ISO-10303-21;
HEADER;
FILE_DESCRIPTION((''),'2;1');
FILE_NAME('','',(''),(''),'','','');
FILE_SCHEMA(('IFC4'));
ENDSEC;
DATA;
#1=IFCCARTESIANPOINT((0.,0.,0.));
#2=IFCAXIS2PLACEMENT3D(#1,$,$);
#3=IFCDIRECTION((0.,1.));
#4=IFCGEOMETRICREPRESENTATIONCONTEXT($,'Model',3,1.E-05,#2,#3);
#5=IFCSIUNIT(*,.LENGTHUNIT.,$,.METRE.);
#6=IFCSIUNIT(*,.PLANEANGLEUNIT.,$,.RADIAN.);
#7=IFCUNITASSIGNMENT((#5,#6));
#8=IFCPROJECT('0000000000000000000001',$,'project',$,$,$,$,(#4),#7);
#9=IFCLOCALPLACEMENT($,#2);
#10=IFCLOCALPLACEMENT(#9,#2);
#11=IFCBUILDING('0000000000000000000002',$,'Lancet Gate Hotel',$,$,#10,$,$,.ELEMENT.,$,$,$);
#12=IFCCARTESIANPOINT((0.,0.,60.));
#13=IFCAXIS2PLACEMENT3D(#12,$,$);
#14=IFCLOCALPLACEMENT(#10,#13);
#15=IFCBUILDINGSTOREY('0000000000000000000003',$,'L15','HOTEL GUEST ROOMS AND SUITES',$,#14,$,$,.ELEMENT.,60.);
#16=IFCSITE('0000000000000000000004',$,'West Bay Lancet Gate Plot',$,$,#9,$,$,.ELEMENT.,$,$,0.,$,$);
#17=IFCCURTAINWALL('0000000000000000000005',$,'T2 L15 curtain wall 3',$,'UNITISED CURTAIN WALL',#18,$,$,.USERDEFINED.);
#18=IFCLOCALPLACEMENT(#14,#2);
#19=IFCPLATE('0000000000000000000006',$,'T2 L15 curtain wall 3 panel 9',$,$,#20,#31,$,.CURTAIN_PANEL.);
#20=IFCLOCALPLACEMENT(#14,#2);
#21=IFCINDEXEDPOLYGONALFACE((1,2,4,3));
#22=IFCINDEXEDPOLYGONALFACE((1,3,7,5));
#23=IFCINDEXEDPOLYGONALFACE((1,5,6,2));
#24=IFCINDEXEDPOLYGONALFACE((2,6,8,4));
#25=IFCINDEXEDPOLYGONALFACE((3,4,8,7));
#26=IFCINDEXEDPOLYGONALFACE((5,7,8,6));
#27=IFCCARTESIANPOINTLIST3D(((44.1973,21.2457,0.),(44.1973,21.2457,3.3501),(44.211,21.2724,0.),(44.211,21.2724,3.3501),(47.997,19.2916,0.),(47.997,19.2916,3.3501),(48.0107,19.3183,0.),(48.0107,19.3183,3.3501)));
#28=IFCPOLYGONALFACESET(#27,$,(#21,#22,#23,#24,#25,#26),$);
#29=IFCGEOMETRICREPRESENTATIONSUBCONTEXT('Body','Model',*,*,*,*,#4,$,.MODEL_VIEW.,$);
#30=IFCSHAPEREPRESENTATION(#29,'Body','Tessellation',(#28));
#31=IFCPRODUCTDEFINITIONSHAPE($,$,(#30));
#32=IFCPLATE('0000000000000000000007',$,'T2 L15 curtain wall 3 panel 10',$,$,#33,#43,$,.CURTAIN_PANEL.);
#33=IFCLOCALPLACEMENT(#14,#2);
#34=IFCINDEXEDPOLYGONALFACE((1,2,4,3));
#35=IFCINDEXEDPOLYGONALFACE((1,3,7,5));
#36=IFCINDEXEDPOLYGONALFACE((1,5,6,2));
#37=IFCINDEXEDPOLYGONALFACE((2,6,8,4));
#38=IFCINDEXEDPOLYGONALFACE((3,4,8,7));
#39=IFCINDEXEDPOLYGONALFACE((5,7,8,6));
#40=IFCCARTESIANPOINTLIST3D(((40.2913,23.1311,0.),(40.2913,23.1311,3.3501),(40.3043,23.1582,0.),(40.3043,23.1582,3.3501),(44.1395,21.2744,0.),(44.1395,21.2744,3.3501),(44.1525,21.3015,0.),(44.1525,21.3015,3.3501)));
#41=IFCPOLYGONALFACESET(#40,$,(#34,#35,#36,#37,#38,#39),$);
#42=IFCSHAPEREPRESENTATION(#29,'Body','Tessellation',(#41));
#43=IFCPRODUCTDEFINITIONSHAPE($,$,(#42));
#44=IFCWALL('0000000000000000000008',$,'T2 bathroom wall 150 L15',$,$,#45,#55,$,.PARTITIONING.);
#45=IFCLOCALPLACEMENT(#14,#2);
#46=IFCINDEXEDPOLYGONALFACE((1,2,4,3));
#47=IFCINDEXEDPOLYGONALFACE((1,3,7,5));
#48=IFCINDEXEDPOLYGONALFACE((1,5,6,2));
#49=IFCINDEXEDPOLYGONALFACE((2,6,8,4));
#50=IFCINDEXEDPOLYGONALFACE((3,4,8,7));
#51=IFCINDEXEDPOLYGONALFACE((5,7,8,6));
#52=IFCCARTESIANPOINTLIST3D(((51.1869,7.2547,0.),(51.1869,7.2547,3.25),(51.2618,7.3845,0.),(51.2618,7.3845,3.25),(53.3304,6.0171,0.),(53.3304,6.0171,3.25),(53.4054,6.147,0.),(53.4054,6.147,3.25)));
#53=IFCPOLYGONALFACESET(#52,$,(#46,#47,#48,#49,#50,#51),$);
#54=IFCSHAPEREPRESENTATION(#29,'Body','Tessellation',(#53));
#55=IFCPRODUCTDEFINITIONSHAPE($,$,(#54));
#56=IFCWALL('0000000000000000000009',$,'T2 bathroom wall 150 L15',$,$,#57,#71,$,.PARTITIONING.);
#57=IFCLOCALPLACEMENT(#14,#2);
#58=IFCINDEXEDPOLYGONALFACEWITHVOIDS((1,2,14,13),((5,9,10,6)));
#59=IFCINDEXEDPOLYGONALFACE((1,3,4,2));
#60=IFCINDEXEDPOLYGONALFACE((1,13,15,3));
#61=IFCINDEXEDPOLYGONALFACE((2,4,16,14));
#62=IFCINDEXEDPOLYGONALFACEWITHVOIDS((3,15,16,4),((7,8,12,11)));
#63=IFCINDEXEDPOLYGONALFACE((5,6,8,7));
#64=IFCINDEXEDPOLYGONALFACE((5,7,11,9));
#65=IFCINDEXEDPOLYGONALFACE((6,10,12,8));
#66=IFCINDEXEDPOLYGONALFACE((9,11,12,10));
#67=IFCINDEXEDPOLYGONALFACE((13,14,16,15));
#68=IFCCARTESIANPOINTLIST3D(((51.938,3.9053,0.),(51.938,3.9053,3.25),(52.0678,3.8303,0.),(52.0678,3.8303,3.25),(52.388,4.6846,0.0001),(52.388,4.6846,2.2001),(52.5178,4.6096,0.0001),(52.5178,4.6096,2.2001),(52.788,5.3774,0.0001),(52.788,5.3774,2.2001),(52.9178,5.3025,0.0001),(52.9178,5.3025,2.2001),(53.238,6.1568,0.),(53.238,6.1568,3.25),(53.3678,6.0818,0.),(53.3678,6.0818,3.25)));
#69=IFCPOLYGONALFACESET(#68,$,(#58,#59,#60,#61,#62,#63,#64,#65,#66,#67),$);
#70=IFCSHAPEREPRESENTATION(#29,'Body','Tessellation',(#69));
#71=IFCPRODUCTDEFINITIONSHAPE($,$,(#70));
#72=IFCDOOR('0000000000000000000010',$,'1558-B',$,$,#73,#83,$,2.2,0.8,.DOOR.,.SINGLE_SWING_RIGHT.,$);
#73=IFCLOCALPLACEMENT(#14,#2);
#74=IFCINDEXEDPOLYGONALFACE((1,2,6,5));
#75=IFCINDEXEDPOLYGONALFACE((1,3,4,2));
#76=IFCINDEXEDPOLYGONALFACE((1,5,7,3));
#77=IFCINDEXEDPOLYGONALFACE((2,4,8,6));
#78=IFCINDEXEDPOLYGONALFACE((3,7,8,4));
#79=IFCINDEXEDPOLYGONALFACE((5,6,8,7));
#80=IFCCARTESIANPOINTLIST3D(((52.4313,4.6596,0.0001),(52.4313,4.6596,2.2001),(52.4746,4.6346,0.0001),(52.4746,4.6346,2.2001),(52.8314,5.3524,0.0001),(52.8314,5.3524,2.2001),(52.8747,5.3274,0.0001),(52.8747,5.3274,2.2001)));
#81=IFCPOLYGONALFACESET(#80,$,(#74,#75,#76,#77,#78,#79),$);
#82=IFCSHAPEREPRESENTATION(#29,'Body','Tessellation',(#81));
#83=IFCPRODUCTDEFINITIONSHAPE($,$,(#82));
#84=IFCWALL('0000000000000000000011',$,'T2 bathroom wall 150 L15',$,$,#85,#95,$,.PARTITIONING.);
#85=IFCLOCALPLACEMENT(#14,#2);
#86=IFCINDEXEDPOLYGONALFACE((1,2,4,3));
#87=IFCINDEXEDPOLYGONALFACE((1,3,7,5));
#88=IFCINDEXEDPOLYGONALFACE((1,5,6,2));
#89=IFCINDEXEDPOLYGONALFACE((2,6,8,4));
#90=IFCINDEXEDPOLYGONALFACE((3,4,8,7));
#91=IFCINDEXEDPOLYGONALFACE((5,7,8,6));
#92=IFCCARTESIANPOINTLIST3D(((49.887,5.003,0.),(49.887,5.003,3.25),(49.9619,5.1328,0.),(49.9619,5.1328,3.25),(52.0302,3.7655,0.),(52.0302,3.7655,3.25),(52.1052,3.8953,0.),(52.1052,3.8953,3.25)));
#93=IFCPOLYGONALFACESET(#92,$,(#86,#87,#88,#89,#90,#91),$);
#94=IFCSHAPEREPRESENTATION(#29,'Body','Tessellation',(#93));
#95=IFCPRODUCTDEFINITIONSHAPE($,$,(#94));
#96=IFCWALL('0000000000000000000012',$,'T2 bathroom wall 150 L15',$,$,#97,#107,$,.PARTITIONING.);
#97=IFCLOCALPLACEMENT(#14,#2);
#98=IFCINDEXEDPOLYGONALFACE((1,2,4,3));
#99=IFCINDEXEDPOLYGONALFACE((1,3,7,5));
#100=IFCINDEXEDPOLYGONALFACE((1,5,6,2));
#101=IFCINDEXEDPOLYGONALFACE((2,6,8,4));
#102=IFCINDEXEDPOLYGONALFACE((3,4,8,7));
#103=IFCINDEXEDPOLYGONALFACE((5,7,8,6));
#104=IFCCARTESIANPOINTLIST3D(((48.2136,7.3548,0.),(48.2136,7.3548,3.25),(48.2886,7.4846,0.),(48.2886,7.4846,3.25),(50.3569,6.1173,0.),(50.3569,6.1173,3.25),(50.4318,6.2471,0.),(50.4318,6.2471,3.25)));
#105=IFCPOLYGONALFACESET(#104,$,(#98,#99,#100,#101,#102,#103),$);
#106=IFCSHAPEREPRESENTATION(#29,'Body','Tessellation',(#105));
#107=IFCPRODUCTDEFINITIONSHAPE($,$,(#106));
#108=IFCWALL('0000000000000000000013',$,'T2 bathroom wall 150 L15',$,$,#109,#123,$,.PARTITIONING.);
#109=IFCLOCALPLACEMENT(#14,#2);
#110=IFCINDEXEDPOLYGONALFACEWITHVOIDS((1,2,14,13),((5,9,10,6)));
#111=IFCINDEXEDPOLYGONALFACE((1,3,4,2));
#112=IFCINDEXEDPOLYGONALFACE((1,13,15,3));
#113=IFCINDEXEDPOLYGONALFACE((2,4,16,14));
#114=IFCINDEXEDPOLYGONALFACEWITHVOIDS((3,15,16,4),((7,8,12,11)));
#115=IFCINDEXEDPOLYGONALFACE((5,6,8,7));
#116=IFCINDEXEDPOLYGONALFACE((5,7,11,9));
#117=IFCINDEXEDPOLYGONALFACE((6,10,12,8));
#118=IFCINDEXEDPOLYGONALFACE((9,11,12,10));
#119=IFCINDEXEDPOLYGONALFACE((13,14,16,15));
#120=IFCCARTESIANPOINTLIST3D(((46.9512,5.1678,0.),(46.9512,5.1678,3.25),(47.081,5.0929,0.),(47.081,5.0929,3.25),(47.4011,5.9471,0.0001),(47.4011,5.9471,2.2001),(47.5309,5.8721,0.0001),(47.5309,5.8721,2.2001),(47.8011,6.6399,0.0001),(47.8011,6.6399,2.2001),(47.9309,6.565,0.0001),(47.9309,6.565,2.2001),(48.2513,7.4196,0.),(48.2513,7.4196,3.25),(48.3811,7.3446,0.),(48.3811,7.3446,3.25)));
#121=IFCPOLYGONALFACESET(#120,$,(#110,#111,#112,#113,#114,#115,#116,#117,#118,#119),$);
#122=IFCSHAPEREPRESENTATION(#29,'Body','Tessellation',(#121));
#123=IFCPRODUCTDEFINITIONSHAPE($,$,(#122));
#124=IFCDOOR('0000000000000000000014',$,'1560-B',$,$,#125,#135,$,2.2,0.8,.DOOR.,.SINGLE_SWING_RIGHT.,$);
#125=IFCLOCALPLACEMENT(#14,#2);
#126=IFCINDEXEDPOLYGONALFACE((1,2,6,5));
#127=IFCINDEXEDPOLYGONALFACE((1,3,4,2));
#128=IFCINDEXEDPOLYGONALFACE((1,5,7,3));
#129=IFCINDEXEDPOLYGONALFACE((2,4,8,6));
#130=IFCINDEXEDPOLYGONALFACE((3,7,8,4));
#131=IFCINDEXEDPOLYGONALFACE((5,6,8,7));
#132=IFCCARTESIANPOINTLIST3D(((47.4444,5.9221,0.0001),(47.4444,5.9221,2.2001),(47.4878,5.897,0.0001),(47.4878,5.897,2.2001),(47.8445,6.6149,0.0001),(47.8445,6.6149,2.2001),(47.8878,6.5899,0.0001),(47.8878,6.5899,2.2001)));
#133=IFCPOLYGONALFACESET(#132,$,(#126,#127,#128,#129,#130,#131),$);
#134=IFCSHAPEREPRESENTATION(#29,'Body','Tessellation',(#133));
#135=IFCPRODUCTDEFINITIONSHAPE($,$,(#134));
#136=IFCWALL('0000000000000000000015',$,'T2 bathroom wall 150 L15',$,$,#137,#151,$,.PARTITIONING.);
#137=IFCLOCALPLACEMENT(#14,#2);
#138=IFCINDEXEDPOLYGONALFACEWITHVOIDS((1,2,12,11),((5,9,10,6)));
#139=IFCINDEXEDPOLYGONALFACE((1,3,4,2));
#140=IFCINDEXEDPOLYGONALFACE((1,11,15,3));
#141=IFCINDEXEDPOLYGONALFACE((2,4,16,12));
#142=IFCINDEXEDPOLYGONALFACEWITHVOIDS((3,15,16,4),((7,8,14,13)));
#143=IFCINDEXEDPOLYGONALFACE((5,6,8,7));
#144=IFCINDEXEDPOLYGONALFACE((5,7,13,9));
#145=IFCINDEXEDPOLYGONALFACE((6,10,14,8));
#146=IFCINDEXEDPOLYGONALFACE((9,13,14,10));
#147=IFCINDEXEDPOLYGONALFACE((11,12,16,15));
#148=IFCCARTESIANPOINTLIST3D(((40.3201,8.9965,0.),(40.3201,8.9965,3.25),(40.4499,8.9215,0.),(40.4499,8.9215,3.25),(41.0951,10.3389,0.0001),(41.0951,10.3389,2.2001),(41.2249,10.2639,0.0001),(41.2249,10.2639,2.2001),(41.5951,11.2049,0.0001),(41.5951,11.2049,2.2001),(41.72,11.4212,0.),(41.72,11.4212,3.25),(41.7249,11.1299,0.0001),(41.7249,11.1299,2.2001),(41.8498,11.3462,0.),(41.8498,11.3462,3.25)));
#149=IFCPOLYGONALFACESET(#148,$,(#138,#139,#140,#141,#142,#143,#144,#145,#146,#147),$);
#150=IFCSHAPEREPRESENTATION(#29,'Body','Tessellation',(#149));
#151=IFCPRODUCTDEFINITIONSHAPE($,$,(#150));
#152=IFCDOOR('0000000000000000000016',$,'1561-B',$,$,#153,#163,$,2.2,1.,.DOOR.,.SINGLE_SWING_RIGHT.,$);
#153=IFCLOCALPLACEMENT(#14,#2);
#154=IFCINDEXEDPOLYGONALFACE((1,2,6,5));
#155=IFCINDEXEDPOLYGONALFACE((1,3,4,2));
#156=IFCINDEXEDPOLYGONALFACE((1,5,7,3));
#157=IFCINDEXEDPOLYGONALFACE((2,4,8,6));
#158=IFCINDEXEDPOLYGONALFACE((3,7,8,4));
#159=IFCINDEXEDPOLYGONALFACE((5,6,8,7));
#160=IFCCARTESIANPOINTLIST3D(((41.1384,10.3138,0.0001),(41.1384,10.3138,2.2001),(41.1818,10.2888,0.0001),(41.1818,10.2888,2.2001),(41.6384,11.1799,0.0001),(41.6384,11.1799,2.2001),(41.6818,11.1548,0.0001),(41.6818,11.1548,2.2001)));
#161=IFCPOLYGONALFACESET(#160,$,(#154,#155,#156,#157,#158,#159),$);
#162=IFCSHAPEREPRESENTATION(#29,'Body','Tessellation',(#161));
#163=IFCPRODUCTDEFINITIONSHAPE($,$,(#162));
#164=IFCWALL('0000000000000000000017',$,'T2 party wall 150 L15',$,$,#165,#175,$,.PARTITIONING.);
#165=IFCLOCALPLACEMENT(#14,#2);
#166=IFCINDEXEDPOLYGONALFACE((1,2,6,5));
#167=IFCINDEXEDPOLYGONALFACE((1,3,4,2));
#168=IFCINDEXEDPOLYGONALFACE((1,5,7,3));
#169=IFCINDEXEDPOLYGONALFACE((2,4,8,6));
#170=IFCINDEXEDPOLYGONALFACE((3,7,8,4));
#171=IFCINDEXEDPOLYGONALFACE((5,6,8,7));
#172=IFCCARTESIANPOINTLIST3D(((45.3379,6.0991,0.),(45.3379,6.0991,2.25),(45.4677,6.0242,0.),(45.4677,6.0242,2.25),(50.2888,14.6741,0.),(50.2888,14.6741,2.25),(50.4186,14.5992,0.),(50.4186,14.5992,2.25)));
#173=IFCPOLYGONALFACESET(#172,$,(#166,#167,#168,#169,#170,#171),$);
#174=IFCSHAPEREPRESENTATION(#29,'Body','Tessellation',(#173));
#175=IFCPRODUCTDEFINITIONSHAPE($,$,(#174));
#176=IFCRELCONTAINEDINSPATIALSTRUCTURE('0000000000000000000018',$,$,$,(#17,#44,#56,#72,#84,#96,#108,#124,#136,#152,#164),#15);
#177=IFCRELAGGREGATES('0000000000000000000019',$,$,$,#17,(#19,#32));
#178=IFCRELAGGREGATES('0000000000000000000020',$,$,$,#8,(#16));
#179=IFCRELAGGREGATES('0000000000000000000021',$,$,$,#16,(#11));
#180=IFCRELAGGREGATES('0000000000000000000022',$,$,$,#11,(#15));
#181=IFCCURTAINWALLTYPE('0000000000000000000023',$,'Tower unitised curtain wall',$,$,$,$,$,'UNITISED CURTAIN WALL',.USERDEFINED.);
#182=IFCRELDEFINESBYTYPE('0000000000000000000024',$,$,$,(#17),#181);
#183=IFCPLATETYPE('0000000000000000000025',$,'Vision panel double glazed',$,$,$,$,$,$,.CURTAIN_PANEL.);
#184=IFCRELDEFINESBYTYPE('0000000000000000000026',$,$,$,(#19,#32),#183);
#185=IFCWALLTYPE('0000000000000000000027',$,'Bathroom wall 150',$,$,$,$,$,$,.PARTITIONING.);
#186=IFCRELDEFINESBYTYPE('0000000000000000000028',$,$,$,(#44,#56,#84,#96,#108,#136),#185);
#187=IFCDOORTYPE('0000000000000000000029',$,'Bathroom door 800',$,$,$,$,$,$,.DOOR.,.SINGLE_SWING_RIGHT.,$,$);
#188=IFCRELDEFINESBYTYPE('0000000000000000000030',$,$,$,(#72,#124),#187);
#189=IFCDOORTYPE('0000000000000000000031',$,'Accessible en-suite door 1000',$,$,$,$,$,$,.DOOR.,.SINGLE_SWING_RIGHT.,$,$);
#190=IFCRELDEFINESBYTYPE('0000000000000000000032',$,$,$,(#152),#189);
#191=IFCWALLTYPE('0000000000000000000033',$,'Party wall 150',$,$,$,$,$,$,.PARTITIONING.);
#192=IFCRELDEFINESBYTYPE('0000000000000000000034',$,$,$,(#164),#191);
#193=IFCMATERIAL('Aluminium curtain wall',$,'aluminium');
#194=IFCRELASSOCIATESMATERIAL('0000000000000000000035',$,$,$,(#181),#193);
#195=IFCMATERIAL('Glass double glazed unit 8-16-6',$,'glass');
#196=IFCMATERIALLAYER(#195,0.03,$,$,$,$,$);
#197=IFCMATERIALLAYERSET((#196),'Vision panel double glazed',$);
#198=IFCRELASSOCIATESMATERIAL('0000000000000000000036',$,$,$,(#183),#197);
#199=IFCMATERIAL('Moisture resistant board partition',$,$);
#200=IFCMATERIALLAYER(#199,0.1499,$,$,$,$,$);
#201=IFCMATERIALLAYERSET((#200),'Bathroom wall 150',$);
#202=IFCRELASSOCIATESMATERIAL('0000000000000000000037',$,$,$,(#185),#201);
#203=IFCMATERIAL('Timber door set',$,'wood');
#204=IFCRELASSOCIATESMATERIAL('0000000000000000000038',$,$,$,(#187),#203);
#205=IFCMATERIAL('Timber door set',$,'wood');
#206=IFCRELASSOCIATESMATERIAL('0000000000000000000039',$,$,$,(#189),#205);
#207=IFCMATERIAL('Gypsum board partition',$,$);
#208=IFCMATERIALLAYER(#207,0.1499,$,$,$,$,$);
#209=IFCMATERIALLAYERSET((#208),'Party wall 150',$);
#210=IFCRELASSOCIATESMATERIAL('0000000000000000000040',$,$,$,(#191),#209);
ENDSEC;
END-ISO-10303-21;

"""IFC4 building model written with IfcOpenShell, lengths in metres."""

from ifc_helpers import new_model, si_unit, direction, frame, frame_2d, origin, origin_2d, place, context, subcontext, project, spatial, rectangle, extrude, material, layer, layer_set, type_object, element, fill, aggregate, save


model = new_model("IFC4")

# Units and contexts
model_context = context("Model", 3, precision=1e-05, world=origin(), true_north=direction((0.0, 1.0)))
body_context = subcontext(model_context, "Body", "Model", "MODEL_VIEW")
ifc_project = project(units=[si_unit("LENGTHUNIT", "METRE"), si_unit("PLANEANGLEUNIT", "RADIAN")], contexts=[model_context])

# Site, building, storey
site_placement = place(None, origin())
site = spatial("IfcSite", under=ifc_project, at=site_placement, Name="West Bay Lancet Gate Plot", CompositionType="ELEMENT", RefElevation=0.0)
building_placement = place(site_placement, origin())
building = spatial("IfcBuilding", under=site, at=building_placement, Name="Lancet Gate Hotel", CompositionType="ELEMENT")
storey_placement = place(building_placement, frame((0.0, 0.0, 60.0)))
storey = spatial("IfcBuildingStorey", under=building, at=storey_placement, Name="L15", Description="HOTEL GUEST ROOMS AND SUITES", CompositionType="ELEMENT", Elevation=60.0)

# Curtain wall
ifc_material_1 = material(Name="Aluminium curtain wall", Category="aluminium")
curtain_wall_type = type_object("IfcCurtainWallType", Name="Tower unitised curtain wall", ElementType="UNITISED CURTAIN WALL", PredefinedType="USERDEFINED", material=ifc_material_1)
curtain_wall_placement = place(storey_placement, origin())
curtain_wall = element("IfcCurtainWall", 1, at=curtain_wall_placement, inside=storey, type_object=curtain_wall_type, Name="T2 L15 curtain wall 3", ObjectType="UNITISED CURTAIN WALL", PredefinedType="USERDEFINED")

# Plates
ifc_material_2 = material(Name="Glass double glazed unit 8-16-6", Category="glass")
ifc_layer_1 = layer(ifc_material_2, 0.03)
ifc_layer_set_1 = layer_set([ifc_layer_1], Name="Vision panel double glazed")
plate_type = type_object("IfcPlateType", Name="Vision panel double glazed", PredefinedType="CURTAIN_PANEL", material=ifc_layer_set_1)
plate_1_placement = place(storey_placement, frame((46.104, 20.282, 0.0), z_axis=(0.0, 0.0, 1.0), x_axis=(-0.889296, 0.457332, 0.0)))
plate_1 = element("IfcPlate", 2, at=plate_1_placement, type_object=plate_type, Name="T2 L15 curtain wall 3 panel 9", PredefinedType="CURTAIN_PANEL", context=body_context, shape_type="SweptSolid", body=[
    extrude(rectangle(XDim=4.2727, YDim=0.03, at=origin_2d()), origin(), (0.0, 0.0, 1.0), 3.3501),
])
plate_2_placement = place(storey_placement, frame((42.2219, 22.2163, 0.0), z_axis=(0.0, 0.0, 1.0), x_axis=(-0.900647, 0.43455, 0.0)))
plate_2 = element("IfcPlate", 3, at=plate_2_placement, type_object=plate_type, Name="T2 L15 curtain wall 3 panel 10", PredefinedType="CURTAIN_PANEL", context=body_context, shape_type="SweptSolid", body=[
    extrude(rectangle(XDim=4.2727, YDim=0.03, at=origin_2d()), origin(), (0.0, 0.0, 1.0), 3.3501),
])
aggregate(curtain_wall, [plate_1, plate_2])

# Wall
ifc_material_3 = material(Name="Moisture resistant board partition")
ifc_layer_2 = layer(ifc_material_3, 0.1499)
ifc_layer_set_2 = layer_set([ifc_layer_2], Name="Bathroom wall 150")
wall_type_1 = type_object("IfcWallType", Name="Bathroom wall 150", PredefinedType="PARTITIONING", material=ifc_layer_set_2)
wall_1_placement = place(storey_placement, frame((51.2244, 7.3196, 0.0), z_axis=(0.0, 0.0, 1.0), x_axis=(0.866031, -0.49999, 0.0)))
element("IfcWall", 4, at=wall_1_placement, inside=storey, type_object=wall_type_1, Name="T2 bathroom wall 150 L15", PredefinedType="PARTITIONING", context=body_context, shape_type="SweptSolid", body=[
    extrude(rectangle(XDim=2.4751, YDim=0.1499, at=frame_2d((1.2375, 0.0))), origin(), (0.0, 0.0, 1.0), 3.25),
])

# Wall, opening, door
wall_2_placement = place(storey_placement, frame((52.0029, 3.8679, 0.0), z_axis=(0.0, 0.0, 1.0), x_axis=(0.500048, 0.865998, 0.0)))
wall_2 = element("IfcWall", 5, at=wall_2_placement, inside=storey, type_object=wall_type_1, Name="T2 bathroom wall 150 L15", PredefinedType="PARTITIONING", context=body_context, shape_type="SweptSolid", body=[
    extrude(rectangle(XDim=2.5999, YDim=0.1499, at=frame_2d((1.2998, 0.0))), origin(), (0.0, 0.0, 1.0), 3.25),
])
opening_1_placement = place(wall_2_placement, frame((0.8999, 0.0, 0.0)))
opening_1 = element("IfcOpeningElement", 6, at=opening_1_placement, cuts=wall_2, PredefinedType="OPENING", context=body_context, shape_type="SweptSolid", body=[
    extrude(rectangle(XDim=0.8, YDim=2.2, at=frame_2d((0.3999, 1.1001))), frame((0.0, 0.085, 0.0), z_axis=(0.0, -1.0, 0.0), x_axis=(1.0, 0.0, 0.0)), (0.0, 0.0, 1.0), 0.1699),
])
ifc_material_4 = material(Name="Timber door set", Category="wood")
door_type_1 = type_object("IfcDoorType", Name="Bathroom door 800", OperationType="SINGLE_SWING_RIGHT", PredefinedType="DOOR", material=ifc_material_4)
door_1_placement = place(opening_1_placement, origin())
door_1 = element("IfcDoor", 7, at=door_1_placement, inside=storey, type_object=door_type_1, Name="1558-B", OperationType="SINGLE_SWING_RIGHT", OverallHeight=2.2, OverallWidth=0.8, PredefinedType="DOOR", context=body_context, shape_type="SweptSolid", body=[
    extrude(rectangle(XDim=0.8, YDim=2.2, at=frame_2d((0.3999, 1.1001))), frame((0.0, 0.0249, 0.0), z_axis=(0.0, -1.0, 0.0), x_axis=(1.0, 0.0, 0.0)), (0.0, 0.0, 1.0), 0.05),
])
fill(opening_1, door_1)

# Walls
for number, where, z_axis, x_axis, name in (
    (8, (49.9246, 5.0679, 0.0), (0.0, 0.0, 1.0), (0.866007, -0.500033, 0.0), "T2 bathroom wall 150 L15"),
    (9, (48.2512, 7.4197, 0.0), (0.0, 0.0, 1.0), (0.866007, -0.500033, 0.0), "T2 bathroom wall 150 L15"),
):
    element("IfcWall", number, at=place(storey_placement, frame(where, z_axis=z_axis, x_axis=x_axis)), inside=storey, type_object=wall_type_1, Name=name, PredefinedType="PARTITIONING", context=body_context, shape_type="SweptSolid", body=[
        extrude(rectangle(XDim=2.4749, YDim=0.1499, at=frame_2d((1.2373, 0.0))), origin(), (0.0, 0.0, 1.0), 3.25),
    ])

# Walls, openings, doors
wall_3_placement = place(storey_placement, frame((47.0161, 5.1304, 0.0), z_axis=(0.0, 0.0, 1.0), x_axis=(0.500007, 0.866021, 0.0)))
wall_3 = element("IfcWall", 10, at=wall_3_placement, inside=storey, type_object=wall_type_1, Name="T2 bathroom wall 150 L15", PredefinedType="PARTITIONING", context=body_context, shape_type="SweptSolid", body=[
    extrude(rectangle(XDim=2.6001, YDim=0.1499, at=frame_2d((1.3, 0.0))), origin(), (0.0, 0.0, 1.0), 3.25),
])
opening_2_placement = place(wall_3_placement, frame((0.8999, 0.0, 0.0)))
opening_2 = element("IfcOpeningElement", 11, at=opening_2_placement, cuts=wall_3, PredefinedType="OPENING", context=body_context, shape_type="SweptSolid", body=[
    extrude(rectangle(XDim=0.8, YDim=2.2, at=frame_2d((0.3999, 1.1001))), frame((0.0, 0.085, 0.0), z_axis=(0.0, -1.0, 0.0), x_axis=(1.0, 0.0, 0.0)), (0.0, 0.0, 1.0), 0.1699),
])
door_2_placement = place(opening_2_placement, origin())
door_2 = element("IfcDoor", 12, at=door_2_placement, inside=storey, type_object=door_type_1, Name="1560-B", OperationType="SINGLE_SWING_RIGHT", OverallHeight=2.2, OverallWidth=0.8, PredefinedType="DOOR", context=body_context, shape_type="SweptSolid", body=[
    extrude(rectangle(XDim=0.8, YDim=2.2, at=frame_2d((0.3999, 1.1001))), frame((0.0, 0.0249, 0.0), z_axis=(0.0, -1.0, 0.0), x_axis=(1.0, 0.0, 0.0)), (0.0, 0.0, 1.0), 0.05),
])
fill(opening_2, door_2)
wall_4_placement = place(storey_placement, frame((40.385, 8.959, 0.0), z_axis=(0.0, 0.0, 1.0), x_axis=(0.499984, 0.866035, 0.0)))
wall_4 = element("IfcWall", 13, at=wall_4_placement, inside=storey, type_object=wall_type_1, Name="T2 bathroom wall 150 L15", PredefinedType="PARTITIONING", context=body_context, shape_type="SweptSolid", body=[
    extrude(rectangle(XDim=2.7998, YDim=0.1499, at=frame_2d((1.3999, 0.0))), origin(), (0.0, 0.0, 1.0), 3.25),
])
opening_3_placement = place(wall_4_placement, frame((1.55, 0.0, 0.0)))
opening_3 = element("IfcOpeningElement", 14, at=opening_3_placement, cuts=wall_4, PredefinedType="OPENING", context=body_context, shape_type="SweptSolid", body=[
    extrude(rectangle(XDim=1.0, YDim=2.2, at=frame_2d((0.5, 1.1001))), frame((0.0, 0.085, 0.0), z_axis=(0.0, -1.0, 0.0), x_axis=(1.0, 0.0, 0.0)), (0.0, 0.0, 1.0), 0.1699),
])
ifc_material_5 = material(Name="Timber door set", Category="wood")
door_type_2 = type_object("IfcDoorType", Name="Accessible en-suite door 1000", OperationType="SINGLE_SWING_RIGHT", PredefinedType="DOOR", material=ifc_material_5)
door_3_placement = place(opening_3_placement, origin())
door_3 = element("IfcDoor", 15, at=door_3_placement, inside=storey, type_object=door_type_2, Name="1561-B", OperationType="SINGLE_SWING_RIGHT", OverallHeight=2.2, OverallWidth=1.0, PredefinedType="DOOR", context=body_context, shape_type="SweptSolid", body=[
    extrude(rectangle(XDim=1.0, YDim=2.2, at=frame_2d((0.5, 1.1001))), frame((0.0, 0.0249, 0.0), z_axis=(0.0, -1.0, 0.0), x_axis=(1.0, 0.0, 0.0)), (0.0, 0.0, 1.0), 0.05),
])
fill(opening_3, door_3)

# Wall
ifc_material_6 = material(Name="Gypsum board partition")
ifc_layer_3 = layer(ifc_material_6, 0.1499)
ifc_layer_set_3 = layer_set([ifc_layer_3], Name="Party wall 150")
wall_type_2 = type_object("IfcWallType", Name="Party wall 150", PredefinedType="PARTITIONING", material=ifc_layer_set_3)
wall_5_placement = place(storey_placement, frame((45.4028, 6.0618, 0.0), z_axis=(0.0, 0.0, 1.0), x_axis=(0.500013, 0.866018, 0.0)))
element("IfcWall", 16, at=wall_5_placement, inside=storey, type_object=wall_type_2, Name="T2 party wall 150 L15", PredefinedType="PARTITIONING", context=body_context, shape_type="SweptSolid", body=[
    extrude(rectangle(XDim=9.9016, YDim=0.1499, at=frame_2d((4.9507, 0.0))), origin(), (0.0, 0.0, 1.0), 2.25),
])

save(model, "model.ifc")
